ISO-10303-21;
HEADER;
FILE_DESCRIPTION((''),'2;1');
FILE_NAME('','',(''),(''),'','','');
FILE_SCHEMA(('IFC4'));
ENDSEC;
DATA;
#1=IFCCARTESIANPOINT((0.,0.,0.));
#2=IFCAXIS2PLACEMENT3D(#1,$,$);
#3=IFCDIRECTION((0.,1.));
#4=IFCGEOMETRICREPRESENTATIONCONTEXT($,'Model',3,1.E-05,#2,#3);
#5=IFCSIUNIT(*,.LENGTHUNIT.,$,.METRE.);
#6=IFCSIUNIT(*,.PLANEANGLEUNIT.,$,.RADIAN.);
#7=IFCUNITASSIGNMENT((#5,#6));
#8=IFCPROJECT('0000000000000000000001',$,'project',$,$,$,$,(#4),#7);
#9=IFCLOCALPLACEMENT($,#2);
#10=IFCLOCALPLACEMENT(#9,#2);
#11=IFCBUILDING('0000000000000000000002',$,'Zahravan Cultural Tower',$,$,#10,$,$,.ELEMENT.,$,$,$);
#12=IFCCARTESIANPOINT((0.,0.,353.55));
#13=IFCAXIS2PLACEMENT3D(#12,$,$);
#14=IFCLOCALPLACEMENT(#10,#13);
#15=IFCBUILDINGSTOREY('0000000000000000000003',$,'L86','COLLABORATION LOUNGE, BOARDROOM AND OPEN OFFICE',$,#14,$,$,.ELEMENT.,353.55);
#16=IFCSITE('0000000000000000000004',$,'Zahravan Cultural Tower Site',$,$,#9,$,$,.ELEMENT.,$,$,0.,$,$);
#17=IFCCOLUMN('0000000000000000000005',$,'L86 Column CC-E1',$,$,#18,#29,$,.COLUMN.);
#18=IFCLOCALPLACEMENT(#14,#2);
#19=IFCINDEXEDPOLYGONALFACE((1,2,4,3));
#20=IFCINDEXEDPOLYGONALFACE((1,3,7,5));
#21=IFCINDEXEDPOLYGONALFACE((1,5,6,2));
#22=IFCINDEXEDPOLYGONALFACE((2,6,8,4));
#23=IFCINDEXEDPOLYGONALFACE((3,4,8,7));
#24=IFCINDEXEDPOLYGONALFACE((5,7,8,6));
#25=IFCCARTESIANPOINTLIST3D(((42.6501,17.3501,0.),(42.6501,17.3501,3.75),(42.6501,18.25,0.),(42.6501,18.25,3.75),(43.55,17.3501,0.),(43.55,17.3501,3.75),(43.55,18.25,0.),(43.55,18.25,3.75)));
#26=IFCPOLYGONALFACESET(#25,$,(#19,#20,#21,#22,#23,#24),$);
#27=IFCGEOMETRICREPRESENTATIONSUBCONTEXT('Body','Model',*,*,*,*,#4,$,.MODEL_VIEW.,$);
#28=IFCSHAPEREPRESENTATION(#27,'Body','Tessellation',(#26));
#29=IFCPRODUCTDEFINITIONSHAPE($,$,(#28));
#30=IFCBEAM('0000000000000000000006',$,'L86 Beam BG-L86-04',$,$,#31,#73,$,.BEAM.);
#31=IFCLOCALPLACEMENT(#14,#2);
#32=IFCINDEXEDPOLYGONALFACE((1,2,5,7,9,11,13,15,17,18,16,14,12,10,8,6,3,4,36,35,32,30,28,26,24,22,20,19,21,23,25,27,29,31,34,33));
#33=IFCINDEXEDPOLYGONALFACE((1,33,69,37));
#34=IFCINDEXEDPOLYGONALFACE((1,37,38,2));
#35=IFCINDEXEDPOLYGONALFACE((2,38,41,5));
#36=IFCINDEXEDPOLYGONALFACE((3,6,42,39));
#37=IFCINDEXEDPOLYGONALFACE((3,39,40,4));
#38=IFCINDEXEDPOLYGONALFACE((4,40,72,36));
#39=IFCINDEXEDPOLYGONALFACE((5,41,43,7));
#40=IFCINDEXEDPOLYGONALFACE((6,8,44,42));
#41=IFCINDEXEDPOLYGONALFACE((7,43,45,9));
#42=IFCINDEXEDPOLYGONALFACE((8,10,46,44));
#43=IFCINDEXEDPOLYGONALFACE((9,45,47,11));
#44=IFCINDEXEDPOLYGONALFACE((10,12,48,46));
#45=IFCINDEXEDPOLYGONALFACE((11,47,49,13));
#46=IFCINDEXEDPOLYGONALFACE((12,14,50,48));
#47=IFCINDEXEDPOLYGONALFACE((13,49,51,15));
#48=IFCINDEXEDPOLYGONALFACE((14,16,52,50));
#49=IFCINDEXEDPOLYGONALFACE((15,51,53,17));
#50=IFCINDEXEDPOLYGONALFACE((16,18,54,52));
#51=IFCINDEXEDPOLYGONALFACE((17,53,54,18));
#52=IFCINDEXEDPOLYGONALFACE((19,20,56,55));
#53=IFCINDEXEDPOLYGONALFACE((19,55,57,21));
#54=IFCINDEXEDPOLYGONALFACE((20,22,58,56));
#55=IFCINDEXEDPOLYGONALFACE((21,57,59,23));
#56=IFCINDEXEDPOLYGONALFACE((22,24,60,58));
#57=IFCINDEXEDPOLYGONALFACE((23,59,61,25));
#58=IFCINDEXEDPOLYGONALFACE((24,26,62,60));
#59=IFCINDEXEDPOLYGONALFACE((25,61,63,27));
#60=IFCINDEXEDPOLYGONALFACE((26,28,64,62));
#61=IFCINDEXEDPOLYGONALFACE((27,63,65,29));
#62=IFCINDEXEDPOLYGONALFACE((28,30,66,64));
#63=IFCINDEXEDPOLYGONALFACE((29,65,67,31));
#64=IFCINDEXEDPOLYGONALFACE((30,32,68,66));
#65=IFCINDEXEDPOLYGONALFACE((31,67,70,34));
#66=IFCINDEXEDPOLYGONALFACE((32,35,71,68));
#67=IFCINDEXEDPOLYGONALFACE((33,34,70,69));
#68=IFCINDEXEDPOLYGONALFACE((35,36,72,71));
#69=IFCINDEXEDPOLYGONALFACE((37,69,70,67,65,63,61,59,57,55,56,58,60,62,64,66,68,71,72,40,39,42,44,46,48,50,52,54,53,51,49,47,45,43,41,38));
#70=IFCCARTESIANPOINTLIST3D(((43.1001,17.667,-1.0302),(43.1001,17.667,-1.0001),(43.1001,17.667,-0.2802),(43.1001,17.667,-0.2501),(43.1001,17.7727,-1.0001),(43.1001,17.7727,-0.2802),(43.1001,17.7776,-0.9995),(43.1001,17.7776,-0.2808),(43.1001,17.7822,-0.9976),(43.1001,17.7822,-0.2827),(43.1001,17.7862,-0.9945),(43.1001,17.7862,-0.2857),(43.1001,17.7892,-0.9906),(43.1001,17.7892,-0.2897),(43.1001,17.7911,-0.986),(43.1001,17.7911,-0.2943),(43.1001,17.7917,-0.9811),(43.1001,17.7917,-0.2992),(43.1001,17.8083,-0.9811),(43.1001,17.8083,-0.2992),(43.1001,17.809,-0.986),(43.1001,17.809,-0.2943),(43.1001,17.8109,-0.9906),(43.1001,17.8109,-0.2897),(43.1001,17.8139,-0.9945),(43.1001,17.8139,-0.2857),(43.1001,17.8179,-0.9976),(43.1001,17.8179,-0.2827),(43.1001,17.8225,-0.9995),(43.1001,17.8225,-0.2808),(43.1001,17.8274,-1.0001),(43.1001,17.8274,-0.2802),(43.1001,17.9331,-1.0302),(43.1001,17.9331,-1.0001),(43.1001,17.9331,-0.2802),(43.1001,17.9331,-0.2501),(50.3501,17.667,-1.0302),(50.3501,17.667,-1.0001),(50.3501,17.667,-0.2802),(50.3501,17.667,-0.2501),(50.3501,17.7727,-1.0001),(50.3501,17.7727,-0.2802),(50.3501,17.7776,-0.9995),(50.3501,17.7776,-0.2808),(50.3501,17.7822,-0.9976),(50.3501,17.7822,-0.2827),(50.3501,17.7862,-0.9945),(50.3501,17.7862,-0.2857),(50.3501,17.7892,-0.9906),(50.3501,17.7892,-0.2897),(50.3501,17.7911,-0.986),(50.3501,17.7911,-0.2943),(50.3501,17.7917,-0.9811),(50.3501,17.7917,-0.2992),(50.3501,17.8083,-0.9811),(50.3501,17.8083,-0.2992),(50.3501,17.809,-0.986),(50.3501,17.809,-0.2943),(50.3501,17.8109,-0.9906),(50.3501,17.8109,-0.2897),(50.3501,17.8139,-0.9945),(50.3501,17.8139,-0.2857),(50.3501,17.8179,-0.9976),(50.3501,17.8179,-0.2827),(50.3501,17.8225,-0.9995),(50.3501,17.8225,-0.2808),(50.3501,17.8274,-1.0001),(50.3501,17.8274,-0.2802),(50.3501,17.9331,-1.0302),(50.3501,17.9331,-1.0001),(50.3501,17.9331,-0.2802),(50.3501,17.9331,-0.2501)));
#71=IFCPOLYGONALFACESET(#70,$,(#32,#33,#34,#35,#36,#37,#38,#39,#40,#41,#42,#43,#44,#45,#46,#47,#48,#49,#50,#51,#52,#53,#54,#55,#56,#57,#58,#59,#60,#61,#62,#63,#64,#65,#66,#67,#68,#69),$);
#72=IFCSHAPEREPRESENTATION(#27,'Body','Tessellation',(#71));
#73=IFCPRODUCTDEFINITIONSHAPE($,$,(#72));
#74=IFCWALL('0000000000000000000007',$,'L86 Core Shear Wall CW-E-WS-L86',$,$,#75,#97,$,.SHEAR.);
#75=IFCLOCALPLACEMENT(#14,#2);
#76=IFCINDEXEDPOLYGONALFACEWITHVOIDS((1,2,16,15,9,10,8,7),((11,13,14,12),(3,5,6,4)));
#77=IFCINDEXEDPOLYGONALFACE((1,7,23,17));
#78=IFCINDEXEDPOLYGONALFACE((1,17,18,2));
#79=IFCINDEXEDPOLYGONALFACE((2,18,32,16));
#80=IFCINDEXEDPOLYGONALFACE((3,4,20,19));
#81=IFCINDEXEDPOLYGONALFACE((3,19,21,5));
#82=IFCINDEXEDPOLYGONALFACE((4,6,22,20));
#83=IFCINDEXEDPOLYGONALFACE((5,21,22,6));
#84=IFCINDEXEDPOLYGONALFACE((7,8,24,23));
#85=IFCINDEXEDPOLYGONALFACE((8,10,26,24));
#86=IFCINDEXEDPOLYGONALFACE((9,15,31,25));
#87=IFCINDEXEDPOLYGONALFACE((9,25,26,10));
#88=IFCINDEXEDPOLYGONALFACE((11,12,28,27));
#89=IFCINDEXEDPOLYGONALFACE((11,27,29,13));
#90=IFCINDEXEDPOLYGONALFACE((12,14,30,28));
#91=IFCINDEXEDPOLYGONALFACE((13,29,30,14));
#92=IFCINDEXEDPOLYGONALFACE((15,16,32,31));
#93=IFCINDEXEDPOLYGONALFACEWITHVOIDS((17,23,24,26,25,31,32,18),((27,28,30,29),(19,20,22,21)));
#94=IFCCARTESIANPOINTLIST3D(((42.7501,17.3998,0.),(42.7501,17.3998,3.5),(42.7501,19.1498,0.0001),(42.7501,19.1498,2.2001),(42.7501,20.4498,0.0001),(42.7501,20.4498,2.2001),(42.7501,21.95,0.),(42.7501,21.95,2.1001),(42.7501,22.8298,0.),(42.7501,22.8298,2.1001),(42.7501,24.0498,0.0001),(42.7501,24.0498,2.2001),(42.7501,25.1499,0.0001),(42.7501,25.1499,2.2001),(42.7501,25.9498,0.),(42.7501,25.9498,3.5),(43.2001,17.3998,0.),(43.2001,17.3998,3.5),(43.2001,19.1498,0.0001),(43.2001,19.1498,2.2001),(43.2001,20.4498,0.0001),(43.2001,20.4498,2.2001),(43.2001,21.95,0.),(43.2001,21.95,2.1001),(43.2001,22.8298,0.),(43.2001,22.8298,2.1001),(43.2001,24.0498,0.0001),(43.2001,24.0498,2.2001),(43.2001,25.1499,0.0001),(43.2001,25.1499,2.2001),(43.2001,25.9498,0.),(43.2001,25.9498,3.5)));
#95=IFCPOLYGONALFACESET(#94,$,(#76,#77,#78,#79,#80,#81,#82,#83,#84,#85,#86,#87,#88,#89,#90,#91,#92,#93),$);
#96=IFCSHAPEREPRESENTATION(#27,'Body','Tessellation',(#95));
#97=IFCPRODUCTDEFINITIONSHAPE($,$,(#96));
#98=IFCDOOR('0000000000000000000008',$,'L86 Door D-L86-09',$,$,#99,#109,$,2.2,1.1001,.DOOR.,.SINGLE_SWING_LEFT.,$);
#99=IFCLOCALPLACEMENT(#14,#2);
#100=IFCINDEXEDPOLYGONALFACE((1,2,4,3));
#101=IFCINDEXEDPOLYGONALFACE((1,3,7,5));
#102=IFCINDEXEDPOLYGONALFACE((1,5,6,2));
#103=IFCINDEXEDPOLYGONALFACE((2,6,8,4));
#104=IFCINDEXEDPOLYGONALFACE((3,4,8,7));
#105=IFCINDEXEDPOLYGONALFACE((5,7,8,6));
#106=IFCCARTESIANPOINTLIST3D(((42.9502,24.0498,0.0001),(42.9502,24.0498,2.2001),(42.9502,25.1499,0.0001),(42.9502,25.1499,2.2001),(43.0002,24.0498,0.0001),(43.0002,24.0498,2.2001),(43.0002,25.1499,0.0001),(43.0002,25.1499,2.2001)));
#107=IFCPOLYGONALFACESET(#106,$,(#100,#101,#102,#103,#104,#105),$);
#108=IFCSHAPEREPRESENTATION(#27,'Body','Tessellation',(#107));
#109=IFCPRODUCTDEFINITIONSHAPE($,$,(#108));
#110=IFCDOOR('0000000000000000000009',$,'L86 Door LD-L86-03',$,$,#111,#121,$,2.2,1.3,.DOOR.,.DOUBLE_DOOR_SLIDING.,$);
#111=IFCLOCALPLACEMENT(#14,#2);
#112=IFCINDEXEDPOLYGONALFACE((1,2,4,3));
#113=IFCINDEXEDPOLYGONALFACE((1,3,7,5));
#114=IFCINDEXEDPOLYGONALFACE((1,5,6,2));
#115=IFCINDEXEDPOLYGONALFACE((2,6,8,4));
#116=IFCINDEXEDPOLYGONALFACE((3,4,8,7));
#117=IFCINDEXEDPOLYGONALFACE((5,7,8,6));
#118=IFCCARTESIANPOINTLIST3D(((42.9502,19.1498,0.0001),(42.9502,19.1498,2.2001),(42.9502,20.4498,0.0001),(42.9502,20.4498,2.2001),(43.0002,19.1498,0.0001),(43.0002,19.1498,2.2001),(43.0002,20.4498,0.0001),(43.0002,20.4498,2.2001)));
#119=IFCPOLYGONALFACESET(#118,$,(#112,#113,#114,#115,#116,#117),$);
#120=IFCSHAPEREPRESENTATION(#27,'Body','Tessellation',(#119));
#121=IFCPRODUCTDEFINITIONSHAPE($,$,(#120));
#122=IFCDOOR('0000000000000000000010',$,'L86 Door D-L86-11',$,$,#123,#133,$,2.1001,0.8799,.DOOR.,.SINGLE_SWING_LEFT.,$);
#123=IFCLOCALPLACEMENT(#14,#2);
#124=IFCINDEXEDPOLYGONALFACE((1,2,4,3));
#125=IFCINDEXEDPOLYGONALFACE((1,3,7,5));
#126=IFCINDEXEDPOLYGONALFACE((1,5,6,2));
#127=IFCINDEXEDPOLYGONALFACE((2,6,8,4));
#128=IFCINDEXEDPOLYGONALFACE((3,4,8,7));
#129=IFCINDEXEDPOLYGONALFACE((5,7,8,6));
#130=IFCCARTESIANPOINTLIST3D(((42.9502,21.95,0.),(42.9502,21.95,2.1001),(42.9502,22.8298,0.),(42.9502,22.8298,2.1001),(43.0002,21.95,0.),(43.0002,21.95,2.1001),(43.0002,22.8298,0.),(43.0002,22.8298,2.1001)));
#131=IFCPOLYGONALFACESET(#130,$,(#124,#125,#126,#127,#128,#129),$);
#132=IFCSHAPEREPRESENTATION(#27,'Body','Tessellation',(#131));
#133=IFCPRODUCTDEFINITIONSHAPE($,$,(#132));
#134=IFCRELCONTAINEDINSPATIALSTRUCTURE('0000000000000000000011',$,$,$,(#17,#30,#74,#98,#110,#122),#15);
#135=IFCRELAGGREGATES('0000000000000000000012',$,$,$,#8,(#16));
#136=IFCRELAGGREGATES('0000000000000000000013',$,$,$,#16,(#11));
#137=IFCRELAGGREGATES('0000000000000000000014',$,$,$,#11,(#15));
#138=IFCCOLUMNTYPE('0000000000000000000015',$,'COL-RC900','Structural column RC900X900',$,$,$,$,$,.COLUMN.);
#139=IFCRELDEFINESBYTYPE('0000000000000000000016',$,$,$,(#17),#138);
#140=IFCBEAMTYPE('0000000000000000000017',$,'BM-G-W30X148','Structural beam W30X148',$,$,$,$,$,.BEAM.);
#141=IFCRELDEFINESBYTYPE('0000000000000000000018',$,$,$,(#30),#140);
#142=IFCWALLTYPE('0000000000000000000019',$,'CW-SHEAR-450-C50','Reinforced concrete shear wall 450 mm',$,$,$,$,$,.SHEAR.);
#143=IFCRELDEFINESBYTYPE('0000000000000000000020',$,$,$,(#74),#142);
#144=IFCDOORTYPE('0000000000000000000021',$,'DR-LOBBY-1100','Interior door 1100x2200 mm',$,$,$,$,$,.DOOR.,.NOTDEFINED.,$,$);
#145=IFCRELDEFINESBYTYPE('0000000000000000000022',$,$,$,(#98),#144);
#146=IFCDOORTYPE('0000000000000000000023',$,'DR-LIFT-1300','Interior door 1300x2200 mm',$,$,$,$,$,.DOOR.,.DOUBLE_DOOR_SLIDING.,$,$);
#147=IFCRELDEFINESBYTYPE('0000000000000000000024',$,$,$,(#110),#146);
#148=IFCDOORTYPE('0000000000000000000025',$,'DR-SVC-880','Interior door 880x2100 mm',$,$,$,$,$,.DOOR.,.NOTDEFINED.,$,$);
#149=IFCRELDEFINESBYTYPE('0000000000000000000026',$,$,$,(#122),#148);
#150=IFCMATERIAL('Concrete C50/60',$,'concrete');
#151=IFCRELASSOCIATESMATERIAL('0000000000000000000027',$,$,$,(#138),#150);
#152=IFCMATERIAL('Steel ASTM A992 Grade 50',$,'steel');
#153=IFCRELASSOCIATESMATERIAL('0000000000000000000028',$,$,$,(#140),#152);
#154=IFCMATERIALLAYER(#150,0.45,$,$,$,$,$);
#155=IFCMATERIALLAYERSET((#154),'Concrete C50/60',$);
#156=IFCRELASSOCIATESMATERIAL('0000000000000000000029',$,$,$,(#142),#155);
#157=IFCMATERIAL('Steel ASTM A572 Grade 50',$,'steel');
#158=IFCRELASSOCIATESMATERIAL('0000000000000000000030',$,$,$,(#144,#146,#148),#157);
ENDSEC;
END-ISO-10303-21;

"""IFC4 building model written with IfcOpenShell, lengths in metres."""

from ifc_helpers import new_model, si_unit, direction, frame, frame_2d, origin, origin_2d, place, context, subcontext, project, spatial, rectangle, i_section, extrude, source, transform, mapped, material, layer, layer_set, material_profile, profile_set, type_object, element, fill, save


model = new_model("IFC4")

# Units and contexts
model_context = context("Model", 3, precision=1e-05, world=origin(), true_north=direction((0.0, 1.0)))
body_context = subcontext(model_context, "Body", "Model", "MODEL_VIEW")
ifc_project = project(units=[si_unit("LENGTHUNIT", "METRE"), si_unit("PLANEANGLEUNIT", "RADIAN")], contexts=[model_context])

# Site, building, storey
site_placement = place(None, origin())
site = spatial("IfcSite", under=ifc_project, at=site_placement, Name="Zahravan Cultural Tower Site", CompositionType="ELEMENT", RefElevation=0.0)
building_placement = place(site_placement, origin())
building = spatial("IfcBuilding", under=site, at=building_placement, Name="Zahravan Cultural Tower", CompositionType="ELEMENT")
storey_placement = place(building_placement, frame((0.0, 0.0, 353.55)))
storey = spatial("IfcBuildingStorey", under=building, at=storey_placement, Name="L86", Description="COLLABORATION LOUNGE, BOARDROOM AND OPEN OFFICE", CompositionType="ELEMENT", Elevation=353.55)

# Column
ifc_material_1 = material(Name="Concrete C50/60", Category="concrete")
ifc_material_profile_1 = material_profile(ifc_material_1, rectangle(XDim=0.8999, YDim=0.8999, at=origin_2d()), Name="RC900X900")
ifc_profile_set_1 = profile_set([ifc_material_profile_1], Name="Concrete C50/60")
column_type = type_object("IfcColumnType", Name="COL-RC900", Description="Structural column RC900X900", PredefinedType="COLUMN", material=ifc_profile_set_1)
shared_shape_1 = source(origin(), body_context, "Body", "SweptSolid", [
    extrude(rectangle(XDim=0.8999, YDim=0.8999, at=origin_2d()), origin(), (0.0, 0.0, 1.0), 3.75),
])
column_placement = place(storey_placement, frame((43.1001, 17.8, 0.0), z_axis=(0.0, 0.0, 1.0), x_axis=(1.0, 0.0, 0.0)))
element("IfcColumn", 1, at=column_placement, inside=storey, type_object=column_type, Name="L86 Column CC-E1", PredefinedType="COLUMN", context=body_context, shape_type="MappedRepresentation", body=[
    mapped(shared_shape_1, transform((0.0, 0.0, 0.0), x_axis=(1.0, 0.0, 0.0), y_axis=(0.0, 1.0, 0.0), z_axis=(0.0, 0.0, 1.0), scale=1.0)),
])

# Beam
ifc_material_2 = material(Name="Steel ASTM A992 Grade 50", Category="steel")
ifc_material_profile_2 = material_profile(ifc_material_2, i_section(OverallWidth=0.2661, OverallDepth=0.78, WebThickness=0.0166, FlangeThickness=0.03, FilletRadius=0.019, at=origin_2d()), Name="W30X148")
ifc_profile_set_2 = profile_set([ifc_material_profile_2], Name="Steel ASTM A992 Grade 50")
beam_type = type_object("IfcBeamType", Name="BM-G-W30X148", Description="Structural beam W30X148", PredefinedType="BEAM", material=ifc_profile_set_2)
shared_shape_2 = source(origin(), body_context, "Body", "SweptSolid", [
    extrude(i_section(OverallWidth=0.2661, OverallDepth=0.78, WebThickness=0.0166, FlangeThickness=0.03, FilletRadius=0.019, at=origin_2d()), origin(), (0.0, 0.0, 1.0), 7.25),
])
beam_placement = place(storey_placement, frame((43.1001, 17.8, -0.6401), z_axis=(1.0, 0.0, 0.0), x_axis=(0.0, 1.0, 0.0)))
element("IfcBeam", 2, at=beam_placement, inside=storey, type_object=beam_type, Name="L86 Beam BG-L86-04", PredefinedType="BEAM", context=body_context, shape_type="MappedRepresentation", body=[
    mapped(shared_shape_2, transform((0.0, 0.0, 0.0), x_axis=(1.0, 0.0, 0.0), y_axis=(0.0, 1.0, 0.0), z_axis=(0.0, 0.0, 1.0), scale=1.0)),
])

# Wall, openings, doors
ifc_layer_1 = layer(ifc_material_1, 0.45)
ifc_layer_set_1 = layer_set([ifc_layer_1], Name="Concrete C50/60")
wall_type_1 = type_object("IfcWallType", Name="CW-SHEAR-450-C50", Description="Reinforced concrete shear wall 450 mm", PredefinedType="SHEAR", material=ifc_layer_set_1)
wall_1_placement = place(storey_placement, frame((42.9751, 17.3999, 0.0), z_axis=(0.0, 0.0, 1.0), x_axis=(0.0, 1.0, 0.0)))
wall_1 = element("IfcWall", 3, at=wall_1_placement, inside=storey, type_object=wall_type_1, Name="L86 Core Shear Wall CW-E-WS-L86", PredefinedType="SHEAR", context=body_context, shape_type="SweptSolid", body=[
    extrude(rectangle(XDim=8.55, YDim=0.45, at=frame_2d((4.2749, 0.0))), origin(), (0.0, 0.0, 1.0), 3.5),
])
opening_1_placement = place(wall_1_placement, frame((6.6499, 0.0, 0.0)))
opening_1 = element("IfcOpeningElement", 4, at=opening_1_placement, cuts=wall_1, PredefinedType="OPENING", context=body_context, shape_type="SweptSolid", body=[
    extrude(rectangle(XDim=1.1001, YDim=2.2, at=frame_2d((0.55, 1.1001))), frame((0.0, 0.2349, 0.0), z_axis=(0.0, -1.0, 0.0), x_axis=(1.0, 0.0, 0.0)), (0.0, 0.0, 1.0), 0.47),
])
opening_2_placement = place(wall_1_placement, frame((1.75, 0.0, 0.0)))
opening_2 = element("IfcOpeningElement", 5, at=opening_2_placement, cuts=wall_1, PredefinedType="OPENING", context=body_context, shape_type="SweptSolid", body=[
    extrude(rectangle(XDim=1.3, YDim=2.2, at=frame_2d((0.6499, 1.1001))), frame((0.0, 0.2349, 0.0), z_axis=(0.0, -1.0, 0.0), x_axis=(1.0, 0.0, 0.0)), (0.0, 0.0, 1.0), 0.47),
])
opening_3_placement = place(wall_1_placement, frame((4.55, 0.0, 0.0)))
opening_3 = element("IfcOpeningElement", 6, at=opening_3_placement, cuts=wall_1, PredefinedType="OPENING", context=body_context, shape_type="SweptSolid", body=[
    extrude(rectangle(XDim=0.8799, YDim=2.1001, at=frame_2d((0.4399, 1.05))), frame((0.0, 0.2349, 0.0), z_axis=(0.0, -1.0, 0.0), x_axis=(1.0, 0.0, 0.0)), (0.0, 0.0, 1.0), 0.47),
])
ifc_material_3 = material(Name="Steel ASTM A572 Grade 50", Category="steel")
door_type_1 = type_object("IfcDoorType", Name="DR-LOBBY-1100", Description="Interior door 1100x2200 mm", OperationType="NOTDEFINED", PredefinedType="DOOR", material=ifc_material_3)
shared_shape_3 = source(origin(), body_context, "Body", "SweptSolid", [
    extrude(rectangle(XDim=1.1001, YDim=2.2, at=frame_2d((0.55, 1.1001))), frame((0.0, 0.0249, 0.0), z_axis=(0.0, -1.0, 0.0), x_axis=(1.0, 0.0, 0.0)), (0.0, 0.0, 1.0), 0.05),
])
door_1_placement = place(opening_1_placement, origin())
door_1 = element("IfcDoor", 7, at=door_1_placement, inside=storey, type_object=door_type_1, Name="L86 Door D-L86-09", OperationType="SINGLE_SWING_LEFT", OverallHeight=2.2, OverallWidth=1.1001, PredefinedType="DOOR", context=body_context, shape_type="MappedRepresentation", body=[
    mapped(shared_shape_3, transform((0.0, 0.0, 0.0), x_axis=(1.0, 0.0, 0.0), y_axis=(0.0, 1.0, 0.0), z_axis=(0.0, 0.0, 1.0), scale=1.0)),
])
fill(opening_1, door_1)
door_type_2 = type_object("IfcDoorType", Name="DR-LIFT-1300", Description="Interior door 1300x2200 mm", OperationType="DOUBLE_DOOR_SLIDING", PredefinedType="DOOR", material=ifc_material_3)
shared_shape_4 = source(origin(), body_context, "Body", "SweptSolid", [
    extrude(rectangle(XDim=1.3, YDim=2.2, at=frame_2d((0.6499, 1.1001))), frame((0.0, 0.0249, 0.0), z_axis=(0.0, -1.0, 0.0), x_axis=(1.0, 0.0, 0.0)), (0.0, 0.0, 1.0), 0.05),
])
door_2_placement = place(opening_2_placement, origin())
door_2 = element("IfcDoor", 8, at=door_2_placement, inside=storey, type_object=door_type_2, Name="L86 Door LD-L86-03", OperationType="DOUBLE_DOOR_SLIDING", OverallHeight=2.2, OverallWidth=1.3, PredefinedType="DOOR", context=body_context, shape_type="MappedRepresentation", body=[
    mapped(shared_shape_4, transform((0.0, 0.0, 0.0), x_axis=(1.0, 0.0, 0.0), y_axis=(0.0, 1.0, 0.0), z_axis=(0.0, 0.0, 1.0), scale=1.0)),
])
fill(opening_2, door_2)
door_type_3 = type_object("IfcDoorType", Name="DR-SVC-880", Description="Interior door 880x2100 mm", OperationType="NOTDEFINED", PredefinedType="DOOR", material=ifc_material_3)
shared_shape_5 = source(origin(), body_context, "Body", "SweptSolid", [
    extrude(rectangle(XDim=0.8799, YDim=2.1001, at=frame_2d((0.4399, 1.05))), frame((0.0, 0.0249, 0.0), z_axis=(0.0, -1.0, 0.0), x_axis=(1.0, 0.0, 0.0)), (0.0, 0.0, 1.0), 0.05),
])
door_3_placement = place(opening_3_placement, origin())
door_3 = element("IfcDoor", 9, at=door_3_placement, inside=storey, type_object=door_type_3, Name="L86 Door D-L86-11", OperationType="SINGLE_SWING_LEFT", OverallHeight=2.1001, OverallWidth=0.8799, PredefinedType="DOOR", context=body_context, shape_type="MappedRepresentation", body=[
    mapped(shared_shape_5, transform((0.0, 0.0, 0.0), x_axis=(1.0, 0.0, 0.0), y_axis=(0.0, 1.0, 0.0), z_axis=(0.0, 0.0, 1.0), scale=1.0)),
])
fill(opening_3, door_3)

save(model, "model.ifc")
